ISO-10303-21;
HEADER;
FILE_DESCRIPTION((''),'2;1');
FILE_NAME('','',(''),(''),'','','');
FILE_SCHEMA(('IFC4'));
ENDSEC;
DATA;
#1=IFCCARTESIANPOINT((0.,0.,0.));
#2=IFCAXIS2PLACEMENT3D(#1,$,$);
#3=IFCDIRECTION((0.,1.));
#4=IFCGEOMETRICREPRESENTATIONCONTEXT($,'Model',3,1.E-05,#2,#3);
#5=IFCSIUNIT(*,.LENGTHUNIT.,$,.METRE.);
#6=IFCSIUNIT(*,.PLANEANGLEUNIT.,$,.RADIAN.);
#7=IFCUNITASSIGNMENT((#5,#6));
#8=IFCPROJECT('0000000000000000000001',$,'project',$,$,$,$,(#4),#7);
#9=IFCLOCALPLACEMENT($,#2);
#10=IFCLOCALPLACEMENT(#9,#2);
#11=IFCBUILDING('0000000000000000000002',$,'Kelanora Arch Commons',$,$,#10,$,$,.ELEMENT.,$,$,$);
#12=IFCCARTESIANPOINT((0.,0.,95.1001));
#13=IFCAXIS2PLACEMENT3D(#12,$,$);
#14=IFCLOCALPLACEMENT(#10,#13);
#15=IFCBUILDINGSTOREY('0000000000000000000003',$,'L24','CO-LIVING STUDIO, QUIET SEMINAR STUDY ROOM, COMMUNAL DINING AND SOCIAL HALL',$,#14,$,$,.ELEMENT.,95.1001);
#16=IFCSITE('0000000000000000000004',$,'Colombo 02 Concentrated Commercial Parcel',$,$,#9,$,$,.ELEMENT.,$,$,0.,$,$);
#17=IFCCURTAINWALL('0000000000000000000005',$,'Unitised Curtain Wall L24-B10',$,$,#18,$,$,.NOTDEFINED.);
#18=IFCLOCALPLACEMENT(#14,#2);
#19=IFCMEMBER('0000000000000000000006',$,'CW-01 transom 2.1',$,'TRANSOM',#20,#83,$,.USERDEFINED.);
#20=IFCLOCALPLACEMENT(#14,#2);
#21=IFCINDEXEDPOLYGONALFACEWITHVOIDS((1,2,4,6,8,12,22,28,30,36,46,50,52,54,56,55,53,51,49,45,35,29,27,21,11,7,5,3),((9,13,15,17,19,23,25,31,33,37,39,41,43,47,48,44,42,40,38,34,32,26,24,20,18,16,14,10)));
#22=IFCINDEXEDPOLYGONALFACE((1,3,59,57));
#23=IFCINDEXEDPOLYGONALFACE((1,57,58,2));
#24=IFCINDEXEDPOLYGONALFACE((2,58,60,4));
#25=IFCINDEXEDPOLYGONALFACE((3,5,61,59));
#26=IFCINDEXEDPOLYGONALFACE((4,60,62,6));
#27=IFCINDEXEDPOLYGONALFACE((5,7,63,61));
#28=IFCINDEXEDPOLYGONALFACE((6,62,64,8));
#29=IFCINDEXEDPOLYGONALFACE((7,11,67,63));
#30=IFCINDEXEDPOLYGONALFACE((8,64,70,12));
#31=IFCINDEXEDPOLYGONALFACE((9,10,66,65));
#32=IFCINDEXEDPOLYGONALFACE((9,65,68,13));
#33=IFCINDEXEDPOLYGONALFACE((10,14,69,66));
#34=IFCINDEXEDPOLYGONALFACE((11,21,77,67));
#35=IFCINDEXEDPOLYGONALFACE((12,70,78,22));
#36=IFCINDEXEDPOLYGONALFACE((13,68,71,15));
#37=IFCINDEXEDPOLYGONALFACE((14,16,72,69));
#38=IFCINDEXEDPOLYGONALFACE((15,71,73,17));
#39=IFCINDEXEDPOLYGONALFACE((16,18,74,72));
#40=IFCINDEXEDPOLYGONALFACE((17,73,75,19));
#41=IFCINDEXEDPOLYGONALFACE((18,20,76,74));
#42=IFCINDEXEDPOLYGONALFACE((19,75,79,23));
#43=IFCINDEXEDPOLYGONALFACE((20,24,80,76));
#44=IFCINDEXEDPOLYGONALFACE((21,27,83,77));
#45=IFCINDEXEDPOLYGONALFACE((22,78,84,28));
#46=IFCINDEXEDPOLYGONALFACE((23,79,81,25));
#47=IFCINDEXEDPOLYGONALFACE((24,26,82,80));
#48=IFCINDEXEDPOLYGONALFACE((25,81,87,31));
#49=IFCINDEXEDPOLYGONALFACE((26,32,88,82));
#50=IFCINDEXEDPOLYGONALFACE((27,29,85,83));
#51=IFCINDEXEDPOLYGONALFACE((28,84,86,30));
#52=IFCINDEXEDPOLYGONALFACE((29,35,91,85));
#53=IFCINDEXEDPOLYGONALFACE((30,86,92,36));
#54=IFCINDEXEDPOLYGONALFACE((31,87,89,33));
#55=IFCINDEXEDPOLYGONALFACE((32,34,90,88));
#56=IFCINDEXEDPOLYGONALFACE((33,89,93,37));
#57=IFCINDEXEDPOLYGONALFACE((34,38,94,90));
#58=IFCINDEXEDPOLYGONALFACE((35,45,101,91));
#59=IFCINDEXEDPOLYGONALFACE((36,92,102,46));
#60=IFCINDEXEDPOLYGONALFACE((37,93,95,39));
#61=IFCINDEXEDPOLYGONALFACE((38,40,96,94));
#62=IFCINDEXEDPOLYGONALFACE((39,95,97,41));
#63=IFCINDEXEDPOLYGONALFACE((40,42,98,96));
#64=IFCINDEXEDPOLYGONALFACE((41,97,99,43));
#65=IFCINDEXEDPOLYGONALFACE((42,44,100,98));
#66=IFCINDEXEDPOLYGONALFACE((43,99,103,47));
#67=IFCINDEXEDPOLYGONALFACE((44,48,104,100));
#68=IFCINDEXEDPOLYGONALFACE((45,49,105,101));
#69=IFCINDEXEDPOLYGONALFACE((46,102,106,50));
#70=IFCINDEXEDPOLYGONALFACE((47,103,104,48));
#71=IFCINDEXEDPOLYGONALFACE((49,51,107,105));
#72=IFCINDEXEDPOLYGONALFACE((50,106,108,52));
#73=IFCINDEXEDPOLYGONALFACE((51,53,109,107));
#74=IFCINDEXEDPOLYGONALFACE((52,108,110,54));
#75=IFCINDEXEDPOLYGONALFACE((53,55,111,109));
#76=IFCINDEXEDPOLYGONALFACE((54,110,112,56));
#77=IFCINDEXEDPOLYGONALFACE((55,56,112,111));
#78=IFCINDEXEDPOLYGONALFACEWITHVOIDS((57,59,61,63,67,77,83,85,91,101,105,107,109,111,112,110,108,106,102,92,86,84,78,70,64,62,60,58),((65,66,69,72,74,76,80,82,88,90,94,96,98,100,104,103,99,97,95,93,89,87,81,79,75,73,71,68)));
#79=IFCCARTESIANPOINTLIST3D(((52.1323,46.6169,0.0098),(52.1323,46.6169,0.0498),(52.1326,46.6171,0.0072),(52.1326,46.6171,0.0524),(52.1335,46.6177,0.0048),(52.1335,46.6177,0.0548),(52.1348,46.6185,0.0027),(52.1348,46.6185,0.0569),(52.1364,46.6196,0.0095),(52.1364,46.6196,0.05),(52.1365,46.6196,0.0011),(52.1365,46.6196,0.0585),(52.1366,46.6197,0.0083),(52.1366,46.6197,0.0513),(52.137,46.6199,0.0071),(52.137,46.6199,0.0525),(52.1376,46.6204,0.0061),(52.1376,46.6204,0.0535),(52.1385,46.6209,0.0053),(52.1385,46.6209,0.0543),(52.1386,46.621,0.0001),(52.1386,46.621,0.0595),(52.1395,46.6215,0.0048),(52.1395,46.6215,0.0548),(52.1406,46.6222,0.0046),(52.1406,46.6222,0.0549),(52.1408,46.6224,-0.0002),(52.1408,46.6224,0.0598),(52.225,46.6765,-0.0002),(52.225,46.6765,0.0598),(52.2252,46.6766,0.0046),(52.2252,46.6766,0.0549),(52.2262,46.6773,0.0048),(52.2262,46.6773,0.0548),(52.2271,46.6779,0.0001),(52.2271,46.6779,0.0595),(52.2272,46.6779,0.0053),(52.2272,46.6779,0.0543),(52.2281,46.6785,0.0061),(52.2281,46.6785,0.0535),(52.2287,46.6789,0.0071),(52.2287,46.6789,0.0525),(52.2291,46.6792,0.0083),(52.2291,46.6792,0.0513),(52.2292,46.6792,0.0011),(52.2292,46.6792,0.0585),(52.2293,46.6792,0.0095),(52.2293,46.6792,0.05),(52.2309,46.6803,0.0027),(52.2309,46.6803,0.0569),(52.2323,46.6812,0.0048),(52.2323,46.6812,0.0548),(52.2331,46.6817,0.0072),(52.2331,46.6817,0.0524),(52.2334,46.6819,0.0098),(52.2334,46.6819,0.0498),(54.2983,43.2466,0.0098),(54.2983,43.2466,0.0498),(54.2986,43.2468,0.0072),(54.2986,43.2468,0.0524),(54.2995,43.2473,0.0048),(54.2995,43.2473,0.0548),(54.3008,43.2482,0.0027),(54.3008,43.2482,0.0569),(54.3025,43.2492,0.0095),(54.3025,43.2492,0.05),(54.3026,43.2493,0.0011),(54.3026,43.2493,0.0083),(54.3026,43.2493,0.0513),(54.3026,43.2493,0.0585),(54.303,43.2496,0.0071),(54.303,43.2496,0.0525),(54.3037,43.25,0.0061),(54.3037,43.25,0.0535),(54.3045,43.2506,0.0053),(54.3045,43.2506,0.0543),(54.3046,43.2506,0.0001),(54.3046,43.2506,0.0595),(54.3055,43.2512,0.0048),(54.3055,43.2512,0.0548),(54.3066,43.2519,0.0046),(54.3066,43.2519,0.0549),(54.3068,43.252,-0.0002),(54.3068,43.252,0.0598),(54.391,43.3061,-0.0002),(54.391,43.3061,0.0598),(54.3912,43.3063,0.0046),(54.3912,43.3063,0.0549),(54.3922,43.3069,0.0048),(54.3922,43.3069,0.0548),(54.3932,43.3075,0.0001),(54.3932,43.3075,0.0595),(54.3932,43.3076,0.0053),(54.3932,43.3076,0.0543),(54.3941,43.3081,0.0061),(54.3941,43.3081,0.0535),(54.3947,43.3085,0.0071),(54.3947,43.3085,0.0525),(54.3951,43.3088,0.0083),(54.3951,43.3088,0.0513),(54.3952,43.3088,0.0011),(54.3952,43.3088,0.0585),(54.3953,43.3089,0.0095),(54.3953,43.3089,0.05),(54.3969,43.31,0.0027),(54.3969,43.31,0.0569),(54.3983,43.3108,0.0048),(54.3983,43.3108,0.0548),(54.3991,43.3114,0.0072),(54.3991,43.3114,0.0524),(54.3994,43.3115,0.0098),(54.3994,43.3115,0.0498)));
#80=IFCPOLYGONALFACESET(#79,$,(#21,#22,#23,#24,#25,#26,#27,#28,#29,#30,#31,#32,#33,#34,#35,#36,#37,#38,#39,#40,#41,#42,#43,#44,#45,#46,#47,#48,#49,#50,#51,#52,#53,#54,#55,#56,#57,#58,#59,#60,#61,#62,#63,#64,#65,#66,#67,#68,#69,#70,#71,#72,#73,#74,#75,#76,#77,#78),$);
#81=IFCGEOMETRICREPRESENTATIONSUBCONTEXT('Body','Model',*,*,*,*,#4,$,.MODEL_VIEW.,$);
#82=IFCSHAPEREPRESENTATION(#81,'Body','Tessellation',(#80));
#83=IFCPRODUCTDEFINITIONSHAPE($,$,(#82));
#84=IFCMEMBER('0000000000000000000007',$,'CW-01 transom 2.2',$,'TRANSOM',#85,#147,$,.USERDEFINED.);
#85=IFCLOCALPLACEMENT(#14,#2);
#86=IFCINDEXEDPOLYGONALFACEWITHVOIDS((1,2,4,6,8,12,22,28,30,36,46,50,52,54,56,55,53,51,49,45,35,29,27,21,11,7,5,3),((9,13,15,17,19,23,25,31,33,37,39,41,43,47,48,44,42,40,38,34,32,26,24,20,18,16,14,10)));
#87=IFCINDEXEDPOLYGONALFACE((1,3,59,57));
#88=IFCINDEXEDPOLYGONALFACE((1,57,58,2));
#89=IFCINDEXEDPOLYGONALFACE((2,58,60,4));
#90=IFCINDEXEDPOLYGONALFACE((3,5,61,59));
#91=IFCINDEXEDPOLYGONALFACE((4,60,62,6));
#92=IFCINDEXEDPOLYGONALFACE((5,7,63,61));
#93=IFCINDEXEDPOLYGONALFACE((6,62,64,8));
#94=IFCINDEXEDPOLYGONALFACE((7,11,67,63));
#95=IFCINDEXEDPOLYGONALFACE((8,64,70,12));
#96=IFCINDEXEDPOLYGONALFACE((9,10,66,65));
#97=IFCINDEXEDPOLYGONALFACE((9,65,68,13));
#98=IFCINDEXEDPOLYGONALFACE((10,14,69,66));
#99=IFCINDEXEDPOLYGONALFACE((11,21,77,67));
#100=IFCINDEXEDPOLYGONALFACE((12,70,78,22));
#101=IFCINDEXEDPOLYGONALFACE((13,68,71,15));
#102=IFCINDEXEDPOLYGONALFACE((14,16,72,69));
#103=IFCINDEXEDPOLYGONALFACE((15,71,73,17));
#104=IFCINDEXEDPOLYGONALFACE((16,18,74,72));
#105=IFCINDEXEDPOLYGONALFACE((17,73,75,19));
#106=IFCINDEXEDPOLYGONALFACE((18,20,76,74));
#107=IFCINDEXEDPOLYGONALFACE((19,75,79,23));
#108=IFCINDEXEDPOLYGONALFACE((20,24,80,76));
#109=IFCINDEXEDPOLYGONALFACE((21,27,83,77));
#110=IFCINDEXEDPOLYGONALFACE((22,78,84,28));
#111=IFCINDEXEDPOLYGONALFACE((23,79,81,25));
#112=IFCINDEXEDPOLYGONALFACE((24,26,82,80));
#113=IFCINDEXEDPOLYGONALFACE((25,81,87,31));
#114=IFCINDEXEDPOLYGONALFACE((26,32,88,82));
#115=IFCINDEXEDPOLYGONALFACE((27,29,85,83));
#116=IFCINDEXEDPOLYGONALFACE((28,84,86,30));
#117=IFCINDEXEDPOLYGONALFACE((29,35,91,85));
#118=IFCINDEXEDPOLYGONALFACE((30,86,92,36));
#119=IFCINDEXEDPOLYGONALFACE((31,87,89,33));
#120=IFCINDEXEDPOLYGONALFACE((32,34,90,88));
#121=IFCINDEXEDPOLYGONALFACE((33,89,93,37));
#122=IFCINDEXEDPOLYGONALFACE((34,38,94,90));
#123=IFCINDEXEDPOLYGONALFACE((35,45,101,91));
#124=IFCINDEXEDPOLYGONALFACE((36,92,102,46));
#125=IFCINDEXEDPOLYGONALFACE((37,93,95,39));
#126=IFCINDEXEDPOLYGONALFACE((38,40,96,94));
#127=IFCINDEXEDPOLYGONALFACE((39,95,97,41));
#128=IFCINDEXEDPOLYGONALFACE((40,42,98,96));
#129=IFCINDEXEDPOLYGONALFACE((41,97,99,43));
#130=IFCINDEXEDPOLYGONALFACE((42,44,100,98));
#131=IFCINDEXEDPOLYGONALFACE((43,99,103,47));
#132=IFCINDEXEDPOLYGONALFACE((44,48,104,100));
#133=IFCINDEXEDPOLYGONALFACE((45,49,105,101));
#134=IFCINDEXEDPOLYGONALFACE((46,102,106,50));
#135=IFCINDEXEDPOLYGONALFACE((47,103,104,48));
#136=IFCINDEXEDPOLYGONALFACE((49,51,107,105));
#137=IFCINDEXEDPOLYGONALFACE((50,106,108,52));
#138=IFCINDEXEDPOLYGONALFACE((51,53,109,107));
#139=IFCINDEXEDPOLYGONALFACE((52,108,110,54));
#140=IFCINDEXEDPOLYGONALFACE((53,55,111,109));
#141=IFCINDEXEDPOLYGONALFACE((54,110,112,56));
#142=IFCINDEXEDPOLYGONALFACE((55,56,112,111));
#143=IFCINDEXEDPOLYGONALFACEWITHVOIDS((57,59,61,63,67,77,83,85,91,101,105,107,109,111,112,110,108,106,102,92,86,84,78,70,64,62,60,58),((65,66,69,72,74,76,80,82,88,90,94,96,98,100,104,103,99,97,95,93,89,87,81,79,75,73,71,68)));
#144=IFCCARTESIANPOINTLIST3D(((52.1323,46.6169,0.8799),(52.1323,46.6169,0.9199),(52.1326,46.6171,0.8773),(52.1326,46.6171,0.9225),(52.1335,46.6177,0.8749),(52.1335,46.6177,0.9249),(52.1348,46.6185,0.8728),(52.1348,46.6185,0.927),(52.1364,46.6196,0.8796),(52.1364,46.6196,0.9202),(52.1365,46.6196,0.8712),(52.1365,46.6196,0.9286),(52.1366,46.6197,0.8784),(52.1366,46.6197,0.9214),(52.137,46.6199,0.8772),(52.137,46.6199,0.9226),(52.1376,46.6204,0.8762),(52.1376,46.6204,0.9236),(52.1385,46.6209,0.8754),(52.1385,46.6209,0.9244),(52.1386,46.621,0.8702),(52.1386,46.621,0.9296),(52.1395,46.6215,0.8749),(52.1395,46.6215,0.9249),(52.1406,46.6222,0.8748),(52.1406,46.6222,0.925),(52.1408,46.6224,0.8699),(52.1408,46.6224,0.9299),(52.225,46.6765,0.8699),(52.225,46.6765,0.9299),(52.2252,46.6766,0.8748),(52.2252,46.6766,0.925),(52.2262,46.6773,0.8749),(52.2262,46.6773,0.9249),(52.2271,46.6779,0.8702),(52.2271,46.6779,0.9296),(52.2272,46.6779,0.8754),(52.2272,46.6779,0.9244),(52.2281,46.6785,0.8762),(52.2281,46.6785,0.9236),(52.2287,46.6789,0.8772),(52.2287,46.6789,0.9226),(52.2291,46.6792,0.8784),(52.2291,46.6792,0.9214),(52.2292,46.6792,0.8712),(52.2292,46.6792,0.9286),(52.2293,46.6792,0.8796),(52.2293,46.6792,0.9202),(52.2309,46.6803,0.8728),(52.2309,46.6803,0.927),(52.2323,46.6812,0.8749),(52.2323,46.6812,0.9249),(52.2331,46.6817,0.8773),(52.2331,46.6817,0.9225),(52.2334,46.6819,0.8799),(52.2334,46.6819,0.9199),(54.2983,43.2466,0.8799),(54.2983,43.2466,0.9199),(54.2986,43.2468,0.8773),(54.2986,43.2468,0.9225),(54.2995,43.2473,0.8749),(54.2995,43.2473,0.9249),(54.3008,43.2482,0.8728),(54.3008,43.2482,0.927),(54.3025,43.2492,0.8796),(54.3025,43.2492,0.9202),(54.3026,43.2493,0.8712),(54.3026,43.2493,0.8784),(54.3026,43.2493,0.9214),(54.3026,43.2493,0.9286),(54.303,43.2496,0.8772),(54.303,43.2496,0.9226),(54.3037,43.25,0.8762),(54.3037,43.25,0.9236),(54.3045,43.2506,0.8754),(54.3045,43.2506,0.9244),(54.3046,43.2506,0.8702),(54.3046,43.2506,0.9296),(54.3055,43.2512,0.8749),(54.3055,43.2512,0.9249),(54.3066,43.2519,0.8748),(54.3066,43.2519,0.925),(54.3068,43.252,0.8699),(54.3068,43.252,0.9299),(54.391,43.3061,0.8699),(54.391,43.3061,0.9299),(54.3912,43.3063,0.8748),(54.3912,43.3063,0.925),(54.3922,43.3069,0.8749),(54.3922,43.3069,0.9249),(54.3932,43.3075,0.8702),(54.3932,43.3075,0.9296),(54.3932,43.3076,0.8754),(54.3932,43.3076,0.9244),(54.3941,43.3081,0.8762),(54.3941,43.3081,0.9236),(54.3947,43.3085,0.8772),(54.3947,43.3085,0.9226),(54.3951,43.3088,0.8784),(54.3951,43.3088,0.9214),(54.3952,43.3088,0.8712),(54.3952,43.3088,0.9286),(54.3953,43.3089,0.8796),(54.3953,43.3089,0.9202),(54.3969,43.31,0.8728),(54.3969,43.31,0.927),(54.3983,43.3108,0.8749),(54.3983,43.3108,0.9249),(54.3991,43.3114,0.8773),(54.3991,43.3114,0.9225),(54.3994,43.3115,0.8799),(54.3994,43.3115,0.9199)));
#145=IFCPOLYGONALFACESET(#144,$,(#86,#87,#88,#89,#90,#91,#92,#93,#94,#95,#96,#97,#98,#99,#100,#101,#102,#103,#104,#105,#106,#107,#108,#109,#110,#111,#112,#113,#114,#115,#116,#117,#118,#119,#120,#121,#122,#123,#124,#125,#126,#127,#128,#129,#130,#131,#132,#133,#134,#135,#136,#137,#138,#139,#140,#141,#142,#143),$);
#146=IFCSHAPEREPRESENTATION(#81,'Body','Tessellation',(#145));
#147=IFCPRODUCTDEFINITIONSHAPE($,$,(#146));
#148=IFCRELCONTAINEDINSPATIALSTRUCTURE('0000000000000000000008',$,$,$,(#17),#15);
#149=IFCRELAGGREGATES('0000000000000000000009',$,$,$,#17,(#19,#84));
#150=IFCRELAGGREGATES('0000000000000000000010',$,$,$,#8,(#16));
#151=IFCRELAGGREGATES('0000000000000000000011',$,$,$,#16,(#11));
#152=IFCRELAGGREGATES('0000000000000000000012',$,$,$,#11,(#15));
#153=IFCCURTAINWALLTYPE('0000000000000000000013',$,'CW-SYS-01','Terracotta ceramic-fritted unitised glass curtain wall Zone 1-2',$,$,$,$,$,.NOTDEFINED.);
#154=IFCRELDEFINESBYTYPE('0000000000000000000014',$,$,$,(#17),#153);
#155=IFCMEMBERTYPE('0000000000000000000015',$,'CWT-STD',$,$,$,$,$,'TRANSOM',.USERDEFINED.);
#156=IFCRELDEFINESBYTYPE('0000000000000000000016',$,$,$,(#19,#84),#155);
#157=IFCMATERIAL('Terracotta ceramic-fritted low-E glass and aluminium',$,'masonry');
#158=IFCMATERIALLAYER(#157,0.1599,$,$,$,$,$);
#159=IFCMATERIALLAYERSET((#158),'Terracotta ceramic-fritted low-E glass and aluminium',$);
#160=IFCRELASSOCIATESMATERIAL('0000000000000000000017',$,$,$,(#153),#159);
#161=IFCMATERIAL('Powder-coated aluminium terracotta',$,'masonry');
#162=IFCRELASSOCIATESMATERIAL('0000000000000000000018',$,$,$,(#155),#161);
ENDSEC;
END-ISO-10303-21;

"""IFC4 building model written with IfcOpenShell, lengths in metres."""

from ifc_helpers import new_model, si_unit, direction, frame, origin, origin_2d, place, context, subcontext, project, spatial, hollow_rectangle, extrude, material, layer, layer_set, material_profile, profile_set, type_object, element, aggregate, save


model = new_model("IFC4")

# Units and contexts
model_context = context("Model", 3, precision=1e-05, world=origin(), true_north=direction((0.0, 1.0)))
body_context = subcontext(model_context, "Body", "Model", "MODEL_VIEW")
ifc_project = project(units=[si_unit("LENGTHUNIT", "METRE"), si_unit("PLANEANGLEUNIT", "RADIAN")], contexts=[model_context])

# Site, building, storey
site_placement = place(None, origin())
site = spatial("IfcSite", under=ifc_project, at=site_placement, Name="Colombo 02 Concentrated Commercial Parcel", CompositionType="ELEMENT", RefElevation=0.0)
building_placement = place(site_placement, origin())
building = spatial("IfcBuilding", under=site, at=building_placement, Name="Kelanora Arch Commons", CompositionType="ELEMENT")
storey_placement = place(building_placement, frame((0.0, 0.0, 95.1001)))
storey = spatial("IfcBuildingStorey", under=building, at=storey_placement, Name="L24", Description="CO-LIVING STUDIO, QUIET SEMINAR STUDY ROOM, COMMUNAL DINING AND SOCIAL HALL", CompositionType="ELEMENT", Elevation=95.1001)

# Shared definitions
ifc_material_1 = material(Name="Terracotta ceramic-fritted low-E glass and aluminium", Category="masonry")
ifc_layer_1 = layer(ifc_material_1, 0.1599)
ifc_layer_set_1 = layer_set([ifc_layer_1], Name="Terracotta ceramic-fritted low-E glass and aluminium")
curtain_wall_type = type_object("IfcCurtainWallType", Name="CW-SYS-01", Description="Terracotta ceramic-fritted unitised glass curtain wall Zone 1-2", PredefinedType="NOTDEFINED", material=ifc_layer_set_1)
ifc_material_2 = material(Name="Powder-coated aluminium terracotta", Category="masonry")

# Curtain wall, members
curtain_wall_1_placement = place(storey_placement, origin())
curtain_wall_1 = element("IfcCurtainWall", 1, at=curtain_wall_1_placement, inside=storey, type_object=curtain_wall_type, Name="Unitised Curtain Wall L24-B10", PredefinedType="NOTDEFINED")
ifc_material_profile_1 = material_profile(ifc_material_2, hollow_rectangle(XDim=0.1201, YDim=0.0601, WallThickness=0.0049, InnerFilletRadius=0.0049, OuterFilletRadius=0.01, at=origin_2d()), Name="CWT120x60")
ifc_profile_set_1 = profile_set([ifc_material_profile_1], Name="Powder-coated aluminium terracotta")
member_type_1 = type_object("IfcMemberType", Name="CWT-STD", ElementType="TRANSOM", PredefinedType="USERDEFINED", material=ifc_profile_set_1)
member_1_placement = place(storey_placement, frame((52.1829, 46.6494, 0.0298), z_axis=(0.540644, -0.841252, 0.0), x_axis=(0.841252, 0.540644, 0.0)))
member_1 = element("IfcMember", 2, at=member_1_placement, type_object=member_type_1, Name="CW-01 transom 2.1", ObjectType="TRANSOM", PredefinedType="USERDEFINED", context=body_context, shape_type="SweptSolid", body=[
    extrude(hollow_rectangle(XDim=0.1201, YDim=0.0601, WallThickness=0.0049, InnerFilletRadius=0.0049, OuterFilletRadius=0.01, at=origin_2d()), origin(), (0.0, 0.0, 1.0), 4.0063),
])
member_2_placement = place(storey_placement, frame((52.1829, 46.6494, 0.8999), z_axis=(0.540644, -0.841252, 0.0), x_axis=(0.841252, 0.540644, 0.0)))
member_2 = element("IfcMember", 3, at=member_2_placement, type_object=member_type_1, Name="CW-01 transom 2.2", ObjectType="TRANSOM", PredefinedType="USERDEFINED", context=body_context, shape_type="SweptSolid", body=[
    extrude(hollow_rectangle(XDim=0.1201, YDim=0.0601, WallThickness=0.0049, InnerFilletRadius=0.0049, OuterFilletRadius=0.01, at=origin_2d()), origin(), (0.0, 0.0, 1.0), 4.0063),
])

aggregate(curtain_wall_1, [member_1, member_2])

save(model, "model.ifc")
